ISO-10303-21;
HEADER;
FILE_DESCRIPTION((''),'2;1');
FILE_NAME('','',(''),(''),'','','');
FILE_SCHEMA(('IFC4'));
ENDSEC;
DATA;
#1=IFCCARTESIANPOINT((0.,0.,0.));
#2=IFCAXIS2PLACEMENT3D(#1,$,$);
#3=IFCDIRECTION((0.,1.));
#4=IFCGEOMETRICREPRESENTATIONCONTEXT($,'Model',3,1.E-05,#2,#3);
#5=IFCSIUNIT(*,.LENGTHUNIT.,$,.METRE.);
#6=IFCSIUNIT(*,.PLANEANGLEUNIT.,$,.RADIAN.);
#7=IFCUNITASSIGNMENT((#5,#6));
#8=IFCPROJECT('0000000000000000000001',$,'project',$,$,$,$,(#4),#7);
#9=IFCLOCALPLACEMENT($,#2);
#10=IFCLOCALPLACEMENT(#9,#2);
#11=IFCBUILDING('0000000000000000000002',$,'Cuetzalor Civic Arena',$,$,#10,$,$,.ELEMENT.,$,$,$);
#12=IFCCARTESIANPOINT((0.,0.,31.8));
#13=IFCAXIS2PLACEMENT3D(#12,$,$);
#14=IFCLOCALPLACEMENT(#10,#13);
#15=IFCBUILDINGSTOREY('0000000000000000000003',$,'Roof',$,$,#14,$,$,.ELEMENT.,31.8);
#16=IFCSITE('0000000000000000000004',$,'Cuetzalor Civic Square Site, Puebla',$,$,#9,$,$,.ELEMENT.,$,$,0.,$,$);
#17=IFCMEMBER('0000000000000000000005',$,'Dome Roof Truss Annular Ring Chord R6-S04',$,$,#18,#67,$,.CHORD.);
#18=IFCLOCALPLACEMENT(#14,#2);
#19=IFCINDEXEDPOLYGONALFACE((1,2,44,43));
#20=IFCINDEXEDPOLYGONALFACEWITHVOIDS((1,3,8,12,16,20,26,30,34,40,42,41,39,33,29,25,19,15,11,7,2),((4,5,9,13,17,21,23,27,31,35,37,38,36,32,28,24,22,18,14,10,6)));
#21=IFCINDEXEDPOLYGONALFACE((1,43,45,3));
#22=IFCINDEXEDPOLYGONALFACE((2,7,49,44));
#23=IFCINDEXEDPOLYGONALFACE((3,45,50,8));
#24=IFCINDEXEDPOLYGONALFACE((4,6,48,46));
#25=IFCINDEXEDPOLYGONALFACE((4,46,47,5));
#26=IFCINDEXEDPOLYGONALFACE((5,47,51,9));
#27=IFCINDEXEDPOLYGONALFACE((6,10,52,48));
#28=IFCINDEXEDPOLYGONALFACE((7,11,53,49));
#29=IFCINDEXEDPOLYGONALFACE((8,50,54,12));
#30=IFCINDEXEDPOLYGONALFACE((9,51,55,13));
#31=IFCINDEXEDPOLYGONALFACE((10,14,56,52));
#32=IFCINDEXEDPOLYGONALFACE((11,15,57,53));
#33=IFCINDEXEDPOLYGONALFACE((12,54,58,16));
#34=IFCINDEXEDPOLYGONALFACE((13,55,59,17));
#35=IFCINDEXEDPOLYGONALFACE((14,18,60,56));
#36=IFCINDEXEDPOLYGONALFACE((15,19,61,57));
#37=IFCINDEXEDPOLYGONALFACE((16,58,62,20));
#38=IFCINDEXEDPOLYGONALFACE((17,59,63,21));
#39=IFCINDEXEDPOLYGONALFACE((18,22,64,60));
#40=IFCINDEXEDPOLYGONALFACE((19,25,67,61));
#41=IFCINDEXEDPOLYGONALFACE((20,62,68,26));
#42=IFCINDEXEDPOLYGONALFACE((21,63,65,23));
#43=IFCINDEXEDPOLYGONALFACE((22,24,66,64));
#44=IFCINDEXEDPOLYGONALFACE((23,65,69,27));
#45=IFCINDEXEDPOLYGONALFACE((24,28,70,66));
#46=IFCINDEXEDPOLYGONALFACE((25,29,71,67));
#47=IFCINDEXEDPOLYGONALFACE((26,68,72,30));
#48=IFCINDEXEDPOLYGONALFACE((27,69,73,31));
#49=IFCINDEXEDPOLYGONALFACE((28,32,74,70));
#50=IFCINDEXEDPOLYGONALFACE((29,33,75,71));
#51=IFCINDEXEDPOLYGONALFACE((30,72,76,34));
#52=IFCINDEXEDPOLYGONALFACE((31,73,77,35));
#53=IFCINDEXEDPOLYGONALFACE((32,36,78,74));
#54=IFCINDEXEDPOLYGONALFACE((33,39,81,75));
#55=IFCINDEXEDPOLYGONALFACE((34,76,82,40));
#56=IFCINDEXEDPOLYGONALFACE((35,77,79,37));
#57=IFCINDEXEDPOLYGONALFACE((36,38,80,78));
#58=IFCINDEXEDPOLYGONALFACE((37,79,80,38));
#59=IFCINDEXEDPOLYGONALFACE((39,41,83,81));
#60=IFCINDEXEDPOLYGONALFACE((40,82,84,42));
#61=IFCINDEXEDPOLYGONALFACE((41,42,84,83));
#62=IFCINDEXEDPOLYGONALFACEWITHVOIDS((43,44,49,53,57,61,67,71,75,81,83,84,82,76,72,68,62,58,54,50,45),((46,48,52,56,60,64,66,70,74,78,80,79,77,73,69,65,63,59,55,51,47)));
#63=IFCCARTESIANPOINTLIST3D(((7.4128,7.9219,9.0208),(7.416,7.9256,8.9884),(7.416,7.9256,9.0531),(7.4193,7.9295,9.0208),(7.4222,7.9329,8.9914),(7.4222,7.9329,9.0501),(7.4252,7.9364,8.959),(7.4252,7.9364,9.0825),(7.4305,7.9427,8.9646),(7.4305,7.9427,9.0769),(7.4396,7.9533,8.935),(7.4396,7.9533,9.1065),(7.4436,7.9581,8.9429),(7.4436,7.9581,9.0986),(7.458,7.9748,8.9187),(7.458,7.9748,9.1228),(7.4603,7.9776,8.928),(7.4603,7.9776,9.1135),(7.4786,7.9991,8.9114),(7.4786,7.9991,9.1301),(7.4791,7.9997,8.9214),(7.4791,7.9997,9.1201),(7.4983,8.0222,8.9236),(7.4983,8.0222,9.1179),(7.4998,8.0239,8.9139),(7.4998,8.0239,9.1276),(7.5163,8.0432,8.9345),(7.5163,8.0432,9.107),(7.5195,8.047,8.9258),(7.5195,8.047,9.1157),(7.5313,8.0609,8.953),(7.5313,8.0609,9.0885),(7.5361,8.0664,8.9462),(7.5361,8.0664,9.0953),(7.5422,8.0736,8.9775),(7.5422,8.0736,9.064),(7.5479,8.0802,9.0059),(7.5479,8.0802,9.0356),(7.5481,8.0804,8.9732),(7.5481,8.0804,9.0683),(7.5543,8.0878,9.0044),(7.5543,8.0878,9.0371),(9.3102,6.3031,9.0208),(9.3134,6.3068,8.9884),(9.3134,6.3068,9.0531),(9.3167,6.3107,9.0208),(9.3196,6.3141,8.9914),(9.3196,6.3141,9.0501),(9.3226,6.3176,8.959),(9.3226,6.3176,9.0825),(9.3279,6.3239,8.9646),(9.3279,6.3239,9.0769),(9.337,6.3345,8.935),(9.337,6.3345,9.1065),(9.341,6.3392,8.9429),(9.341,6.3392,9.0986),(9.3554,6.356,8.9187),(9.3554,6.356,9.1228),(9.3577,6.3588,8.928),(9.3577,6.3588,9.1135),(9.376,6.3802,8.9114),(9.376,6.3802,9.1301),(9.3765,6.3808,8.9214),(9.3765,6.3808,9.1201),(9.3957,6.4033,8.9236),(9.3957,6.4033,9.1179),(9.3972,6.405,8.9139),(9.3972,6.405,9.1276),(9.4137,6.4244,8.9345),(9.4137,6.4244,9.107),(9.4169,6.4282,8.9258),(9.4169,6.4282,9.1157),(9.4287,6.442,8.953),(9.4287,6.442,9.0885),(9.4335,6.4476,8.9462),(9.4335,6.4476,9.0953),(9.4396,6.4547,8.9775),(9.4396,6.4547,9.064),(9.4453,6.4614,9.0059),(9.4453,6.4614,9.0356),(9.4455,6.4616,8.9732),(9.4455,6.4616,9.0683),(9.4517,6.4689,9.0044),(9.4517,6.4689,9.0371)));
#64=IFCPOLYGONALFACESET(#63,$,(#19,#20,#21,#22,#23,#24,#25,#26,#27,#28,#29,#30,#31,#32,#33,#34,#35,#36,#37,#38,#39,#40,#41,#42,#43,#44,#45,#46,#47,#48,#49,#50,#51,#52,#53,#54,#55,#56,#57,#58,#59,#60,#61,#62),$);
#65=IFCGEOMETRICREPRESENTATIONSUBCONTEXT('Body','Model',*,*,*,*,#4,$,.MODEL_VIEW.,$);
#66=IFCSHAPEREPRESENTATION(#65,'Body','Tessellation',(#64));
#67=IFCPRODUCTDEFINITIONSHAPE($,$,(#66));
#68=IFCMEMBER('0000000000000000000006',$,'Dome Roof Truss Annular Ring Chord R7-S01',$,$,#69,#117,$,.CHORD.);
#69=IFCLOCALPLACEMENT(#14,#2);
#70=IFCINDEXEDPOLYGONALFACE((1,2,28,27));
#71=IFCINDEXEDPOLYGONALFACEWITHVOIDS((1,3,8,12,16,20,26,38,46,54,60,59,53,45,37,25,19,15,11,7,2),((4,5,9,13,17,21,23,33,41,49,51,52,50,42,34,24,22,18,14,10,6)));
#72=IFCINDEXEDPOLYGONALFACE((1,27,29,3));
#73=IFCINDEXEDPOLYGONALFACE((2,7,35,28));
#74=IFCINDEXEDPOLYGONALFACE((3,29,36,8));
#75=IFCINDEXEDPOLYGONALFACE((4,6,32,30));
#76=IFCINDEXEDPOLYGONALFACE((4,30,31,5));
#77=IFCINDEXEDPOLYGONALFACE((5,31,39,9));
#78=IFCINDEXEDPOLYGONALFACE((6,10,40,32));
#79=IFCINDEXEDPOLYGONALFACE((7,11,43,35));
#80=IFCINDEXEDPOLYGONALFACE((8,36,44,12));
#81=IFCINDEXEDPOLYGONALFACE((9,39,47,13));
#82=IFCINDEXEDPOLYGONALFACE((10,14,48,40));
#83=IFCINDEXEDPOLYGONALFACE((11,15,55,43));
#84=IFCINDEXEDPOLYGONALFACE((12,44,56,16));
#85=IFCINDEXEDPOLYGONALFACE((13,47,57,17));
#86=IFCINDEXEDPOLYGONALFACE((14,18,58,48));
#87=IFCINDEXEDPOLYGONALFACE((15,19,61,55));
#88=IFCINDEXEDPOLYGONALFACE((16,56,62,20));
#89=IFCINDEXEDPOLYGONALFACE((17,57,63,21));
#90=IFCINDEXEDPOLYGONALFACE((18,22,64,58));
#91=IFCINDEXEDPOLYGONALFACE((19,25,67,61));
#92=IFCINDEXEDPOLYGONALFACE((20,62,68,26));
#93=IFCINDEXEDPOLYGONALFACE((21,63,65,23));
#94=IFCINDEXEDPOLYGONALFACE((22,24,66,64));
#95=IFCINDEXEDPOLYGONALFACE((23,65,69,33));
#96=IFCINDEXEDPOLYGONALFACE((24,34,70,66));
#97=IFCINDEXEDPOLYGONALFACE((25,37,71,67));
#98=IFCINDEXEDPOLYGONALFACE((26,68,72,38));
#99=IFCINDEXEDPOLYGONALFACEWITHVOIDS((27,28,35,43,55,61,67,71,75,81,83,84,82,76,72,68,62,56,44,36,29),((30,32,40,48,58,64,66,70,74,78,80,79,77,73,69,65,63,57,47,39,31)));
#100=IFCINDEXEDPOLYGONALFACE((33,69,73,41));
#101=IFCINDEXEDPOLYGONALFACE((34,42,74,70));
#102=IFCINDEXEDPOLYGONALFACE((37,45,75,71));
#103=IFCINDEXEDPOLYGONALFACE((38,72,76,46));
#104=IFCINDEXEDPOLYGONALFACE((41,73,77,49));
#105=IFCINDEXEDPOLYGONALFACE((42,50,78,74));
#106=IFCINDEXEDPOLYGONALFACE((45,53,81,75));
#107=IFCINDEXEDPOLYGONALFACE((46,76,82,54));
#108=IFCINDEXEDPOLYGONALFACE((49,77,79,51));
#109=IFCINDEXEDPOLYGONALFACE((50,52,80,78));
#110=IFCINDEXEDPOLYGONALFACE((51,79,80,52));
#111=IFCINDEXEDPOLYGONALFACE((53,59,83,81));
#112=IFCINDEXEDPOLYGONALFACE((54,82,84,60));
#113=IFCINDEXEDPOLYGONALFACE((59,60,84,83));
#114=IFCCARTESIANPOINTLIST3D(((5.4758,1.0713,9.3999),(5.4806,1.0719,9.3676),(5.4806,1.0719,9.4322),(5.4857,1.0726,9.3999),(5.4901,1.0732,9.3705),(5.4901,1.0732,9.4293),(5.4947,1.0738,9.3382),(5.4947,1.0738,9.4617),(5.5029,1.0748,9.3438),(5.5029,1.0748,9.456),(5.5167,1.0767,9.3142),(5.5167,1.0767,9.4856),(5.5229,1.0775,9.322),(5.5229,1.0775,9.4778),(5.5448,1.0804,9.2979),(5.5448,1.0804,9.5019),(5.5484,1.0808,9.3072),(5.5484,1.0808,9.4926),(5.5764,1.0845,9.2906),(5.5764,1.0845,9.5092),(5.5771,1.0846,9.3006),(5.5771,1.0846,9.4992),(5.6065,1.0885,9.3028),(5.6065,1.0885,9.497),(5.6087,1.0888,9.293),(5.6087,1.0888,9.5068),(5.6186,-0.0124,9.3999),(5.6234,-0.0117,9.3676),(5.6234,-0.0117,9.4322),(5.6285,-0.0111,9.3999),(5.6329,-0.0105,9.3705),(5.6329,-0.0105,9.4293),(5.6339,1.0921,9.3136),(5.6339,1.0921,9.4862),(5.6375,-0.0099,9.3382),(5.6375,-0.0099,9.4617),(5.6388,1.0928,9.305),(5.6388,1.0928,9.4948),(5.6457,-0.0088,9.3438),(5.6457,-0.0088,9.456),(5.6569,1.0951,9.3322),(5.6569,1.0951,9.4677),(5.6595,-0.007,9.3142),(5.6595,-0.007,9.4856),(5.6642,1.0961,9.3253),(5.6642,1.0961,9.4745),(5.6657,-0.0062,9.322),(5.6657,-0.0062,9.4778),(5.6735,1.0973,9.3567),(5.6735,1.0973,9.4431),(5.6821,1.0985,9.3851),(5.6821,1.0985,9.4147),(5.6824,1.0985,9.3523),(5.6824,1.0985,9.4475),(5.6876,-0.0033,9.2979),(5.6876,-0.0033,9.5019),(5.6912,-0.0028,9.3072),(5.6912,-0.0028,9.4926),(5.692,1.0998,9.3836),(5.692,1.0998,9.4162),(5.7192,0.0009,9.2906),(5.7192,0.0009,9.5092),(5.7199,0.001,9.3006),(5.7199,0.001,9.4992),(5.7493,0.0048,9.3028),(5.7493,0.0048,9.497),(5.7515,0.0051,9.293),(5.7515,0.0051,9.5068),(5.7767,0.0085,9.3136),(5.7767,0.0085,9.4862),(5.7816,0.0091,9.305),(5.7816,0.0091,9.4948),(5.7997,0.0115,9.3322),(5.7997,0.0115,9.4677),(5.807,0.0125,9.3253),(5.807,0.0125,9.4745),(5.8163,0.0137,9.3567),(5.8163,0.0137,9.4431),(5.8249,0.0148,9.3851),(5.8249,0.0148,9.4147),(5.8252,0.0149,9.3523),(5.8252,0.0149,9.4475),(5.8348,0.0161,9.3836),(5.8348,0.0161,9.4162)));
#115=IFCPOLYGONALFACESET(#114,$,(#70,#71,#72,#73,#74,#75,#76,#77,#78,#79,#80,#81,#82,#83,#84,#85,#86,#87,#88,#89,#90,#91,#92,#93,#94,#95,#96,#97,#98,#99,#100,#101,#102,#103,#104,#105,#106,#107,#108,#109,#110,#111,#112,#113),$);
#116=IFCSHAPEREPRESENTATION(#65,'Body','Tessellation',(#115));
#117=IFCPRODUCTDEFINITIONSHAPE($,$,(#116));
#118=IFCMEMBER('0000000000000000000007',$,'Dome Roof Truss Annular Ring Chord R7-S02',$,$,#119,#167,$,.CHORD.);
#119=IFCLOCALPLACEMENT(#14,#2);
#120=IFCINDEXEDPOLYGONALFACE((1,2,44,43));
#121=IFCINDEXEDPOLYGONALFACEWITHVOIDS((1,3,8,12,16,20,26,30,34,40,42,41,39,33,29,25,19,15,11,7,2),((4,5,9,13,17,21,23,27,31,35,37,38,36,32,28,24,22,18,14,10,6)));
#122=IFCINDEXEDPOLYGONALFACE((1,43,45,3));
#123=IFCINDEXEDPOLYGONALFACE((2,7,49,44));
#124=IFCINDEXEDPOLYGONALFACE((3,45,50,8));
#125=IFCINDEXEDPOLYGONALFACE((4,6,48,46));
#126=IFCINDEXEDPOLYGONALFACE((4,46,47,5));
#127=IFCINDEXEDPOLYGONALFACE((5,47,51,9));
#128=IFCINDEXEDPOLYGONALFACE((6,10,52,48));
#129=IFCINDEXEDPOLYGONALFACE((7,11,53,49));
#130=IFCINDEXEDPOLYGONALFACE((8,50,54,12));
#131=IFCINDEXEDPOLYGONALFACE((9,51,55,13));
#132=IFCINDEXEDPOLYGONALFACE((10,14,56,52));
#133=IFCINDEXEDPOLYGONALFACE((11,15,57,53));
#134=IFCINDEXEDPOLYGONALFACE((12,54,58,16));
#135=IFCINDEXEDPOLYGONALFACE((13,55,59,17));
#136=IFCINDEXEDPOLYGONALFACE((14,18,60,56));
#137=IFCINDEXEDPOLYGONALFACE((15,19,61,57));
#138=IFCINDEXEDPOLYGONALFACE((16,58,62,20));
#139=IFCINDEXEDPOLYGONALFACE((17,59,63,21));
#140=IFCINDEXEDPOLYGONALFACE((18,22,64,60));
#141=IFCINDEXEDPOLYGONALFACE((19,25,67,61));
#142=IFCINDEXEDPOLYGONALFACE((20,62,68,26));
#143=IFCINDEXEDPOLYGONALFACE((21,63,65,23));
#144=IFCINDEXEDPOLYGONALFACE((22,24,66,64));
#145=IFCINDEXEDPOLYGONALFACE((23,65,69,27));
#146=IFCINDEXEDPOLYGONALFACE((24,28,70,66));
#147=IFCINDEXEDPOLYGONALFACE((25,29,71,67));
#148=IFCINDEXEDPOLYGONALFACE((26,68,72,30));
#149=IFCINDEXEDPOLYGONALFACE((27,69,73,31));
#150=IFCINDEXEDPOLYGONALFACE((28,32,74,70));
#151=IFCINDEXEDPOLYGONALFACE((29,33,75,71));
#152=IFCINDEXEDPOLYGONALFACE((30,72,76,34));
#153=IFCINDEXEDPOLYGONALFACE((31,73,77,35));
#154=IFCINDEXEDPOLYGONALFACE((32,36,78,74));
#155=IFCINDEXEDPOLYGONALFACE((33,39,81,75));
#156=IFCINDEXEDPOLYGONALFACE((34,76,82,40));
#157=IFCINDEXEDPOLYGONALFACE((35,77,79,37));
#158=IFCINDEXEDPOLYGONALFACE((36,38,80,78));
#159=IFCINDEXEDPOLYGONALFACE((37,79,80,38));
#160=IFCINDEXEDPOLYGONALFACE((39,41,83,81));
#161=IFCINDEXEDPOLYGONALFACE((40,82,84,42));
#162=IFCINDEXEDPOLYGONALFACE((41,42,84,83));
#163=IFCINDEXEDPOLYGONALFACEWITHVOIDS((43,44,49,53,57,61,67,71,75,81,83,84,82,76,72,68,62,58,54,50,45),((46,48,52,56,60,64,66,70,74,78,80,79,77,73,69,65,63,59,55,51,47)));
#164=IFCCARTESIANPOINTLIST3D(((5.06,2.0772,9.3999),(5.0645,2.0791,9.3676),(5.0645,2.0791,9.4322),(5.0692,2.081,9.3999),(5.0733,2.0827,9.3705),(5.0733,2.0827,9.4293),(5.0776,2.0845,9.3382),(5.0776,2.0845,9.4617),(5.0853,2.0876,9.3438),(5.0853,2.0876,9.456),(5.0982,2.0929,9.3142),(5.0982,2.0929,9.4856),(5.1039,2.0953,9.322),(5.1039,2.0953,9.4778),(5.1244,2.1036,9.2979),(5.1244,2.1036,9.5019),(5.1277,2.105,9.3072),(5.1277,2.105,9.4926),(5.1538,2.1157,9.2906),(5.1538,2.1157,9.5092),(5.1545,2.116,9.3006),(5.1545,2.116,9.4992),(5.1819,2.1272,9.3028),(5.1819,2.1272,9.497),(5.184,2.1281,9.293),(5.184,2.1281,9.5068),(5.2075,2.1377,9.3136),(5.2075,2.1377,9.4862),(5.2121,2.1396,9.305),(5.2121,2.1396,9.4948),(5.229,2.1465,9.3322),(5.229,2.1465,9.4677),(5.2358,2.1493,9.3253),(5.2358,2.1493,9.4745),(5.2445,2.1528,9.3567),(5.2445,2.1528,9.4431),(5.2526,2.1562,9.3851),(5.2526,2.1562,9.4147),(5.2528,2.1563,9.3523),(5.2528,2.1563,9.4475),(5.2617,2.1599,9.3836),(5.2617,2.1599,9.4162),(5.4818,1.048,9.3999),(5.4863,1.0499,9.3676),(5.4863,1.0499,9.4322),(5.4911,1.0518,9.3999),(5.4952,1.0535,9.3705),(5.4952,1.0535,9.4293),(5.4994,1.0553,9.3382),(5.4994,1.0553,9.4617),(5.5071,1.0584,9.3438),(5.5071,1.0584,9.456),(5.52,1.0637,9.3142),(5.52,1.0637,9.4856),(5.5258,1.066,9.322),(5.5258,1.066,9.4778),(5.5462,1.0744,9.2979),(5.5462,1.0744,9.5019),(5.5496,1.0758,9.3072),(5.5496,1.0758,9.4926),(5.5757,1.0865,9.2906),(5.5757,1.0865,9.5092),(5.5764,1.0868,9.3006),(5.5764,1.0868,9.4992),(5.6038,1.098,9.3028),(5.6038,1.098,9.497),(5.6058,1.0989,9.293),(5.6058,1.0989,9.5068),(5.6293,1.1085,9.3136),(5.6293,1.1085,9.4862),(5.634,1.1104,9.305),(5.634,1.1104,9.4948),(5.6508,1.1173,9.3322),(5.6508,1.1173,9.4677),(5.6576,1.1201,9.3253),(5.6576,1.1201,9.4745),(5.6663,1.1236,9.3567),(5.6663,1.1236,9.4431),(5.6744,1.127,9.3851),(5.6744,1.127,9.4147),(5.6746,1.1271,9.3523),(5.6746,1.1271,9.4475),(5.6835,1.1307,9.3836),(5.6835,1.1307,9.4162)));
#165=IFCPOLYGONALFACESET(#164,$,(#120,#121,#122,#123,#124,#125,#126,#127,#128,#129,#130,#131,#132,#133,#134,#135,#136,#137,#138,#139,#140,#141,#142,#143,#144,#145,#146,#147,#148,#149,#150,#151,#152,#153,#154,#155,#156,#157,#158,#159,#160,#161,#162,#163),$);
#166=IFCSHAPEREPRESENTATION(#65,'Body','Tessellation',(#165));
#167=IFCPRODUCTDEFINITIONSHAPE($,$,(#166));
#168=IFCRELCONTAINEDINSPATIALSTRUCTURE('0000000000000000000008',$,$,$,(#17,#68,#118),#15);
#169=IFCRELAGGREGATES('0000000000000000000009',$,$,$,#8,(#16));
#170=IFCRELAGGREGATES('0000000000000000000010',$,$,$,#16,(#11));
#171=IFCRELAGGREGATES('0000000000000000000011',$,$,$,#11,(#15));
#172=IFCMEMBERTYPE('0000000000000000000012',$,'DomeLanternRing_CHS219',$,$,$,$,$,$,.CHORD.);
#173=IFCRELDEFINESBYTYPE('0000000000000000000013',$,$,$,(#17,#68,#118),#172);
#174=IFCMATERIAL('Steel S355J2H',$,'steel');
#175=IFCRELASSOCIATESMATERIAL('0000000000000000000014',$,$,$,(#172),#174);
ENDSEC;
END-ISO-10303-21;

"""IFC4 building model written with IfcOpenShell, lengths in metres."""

from ifc_helpers import new_model, si_unit, direction, frame, origin, origin_2d, place, context, subcontext, project, spatial, hollow_circle, extrude, material, material_profile, profile_set, type_object, element, save


model = new_model("IFC4")

# Units and contexts
model_context = context("Model", 3, precision=1e-05, world=origin(), true_north=direction((0.0, 1.0)))
body_context = subcontext(model_context, "Body", "Model", "MODEL_VIEW")
ifc_project = project(units=[si_unit("LENGTHUNIT", "METRE"), si_unit("PLANEANGLEUNIT", "RADIAN")], contexts=[model_context])

# Site, building, storey
site_placement = place(None, origin())
site = spatial("IfcSite", under=ifc_project, at=site_placement, Name="Cuetzalor Civic Square Site, Puebla", CompositionType="ELEMENT", RefElevation=0.0)
building_placement = place(site_placement, origin())
building = spatial("IfcBuilding", under=site, at=building_placement, Name="Cuetzalor Civic Arena", CompositionType="ELEMENT")
storey_placement = place(building_placement, frame((0.0, 0.0, 31.8)))
storey = spatial("IfcBuildingStorey", under=building, at=storey_placement, Name="Roof", CompositionType="ELEMENT", Elevation=31.8)

# Members
ifc_material_1 = material(Name="Steel S355J2H", Category="steel")
ifc_material_profile_1 = material_profile(ifc_material_1, hollow_circle(Radius=0.1096, WallThickness=0.01, at=origin_2d()), Name="CHS 219.1x10")
ifc_profile_set_1 = profile_set([ifc_material_profile_1], Name="Steel S355J2H")
member_type_1 = type_object("IfcMemberType", Name="DomeLanternRing_CHS219", PredefinedType="CHORD", material=ifc_profile_set_1)
member_1_placement = place(storey_placement, frame((9.3813, 6.3865, 9.0208), z_axis=(-0.76074, 0.649057, 0.0), x_axis=(-0.649057, -0.76074, 0.0)))
element("IfcMember", 1, at=member_1_placement, inside=storey, type_object=member_type_1, Name="Dome Roof Truss Annular Ring Chord R6-S04", PredefinedType="CHORD", context=body_context, shape_type="SweptSolid", body=[
    extrude(hollow_circle(Radius=0.1096, WallThickness=0.01, at=origin_2d()), origin(), (0.0, 0.0, 1.0), 2.4941),
])
member_2_placement = place(storey_placement, frame((5.7273, 0.002, 9.3999), z_axis=(-0.130657, 0.991428, 0.0), x_axis=(-0.991428, -0.130657, 0.0)))
element("IfcMember", 2, at=member_2_placement, inside=storey, type_object=member_type_1, Name="Dome Roof Truss Annular Ring Chord R7-S01", PredefinedType="CHORD", context=body_context, shape_type="SweptSolid", body=[
    extrude(hollow_circle(Radius=0.1096, WallThickness=0.01, at=origin_2d()), origin(), (0.0, 0.0, 1.0), 1.093),
])
member_3_placement = place(storey_placement, frame((5.5833, 1.0896, 9.3999), z_axis=(-0.379248, 0.925295, 0.0), x_axis=(-0.925295, -0.379248, 0.0)))
element("IfcMember", 3, at=member_3_placement, inside=storey, type_object=member_type_1, Name="Dome Roof Truss Annular Ring Chord R7-S02", PredefinedType="CHORD", context=body_context, shape_type="SweptSolid", body=[
    extrude(hollow_circle(Radius=0.1096, WallThickness=0.01, at=origin_2d()), origin(), (0.0, 0.0, 1.0), 1.1123),
])

save(model, "model.ifc")
